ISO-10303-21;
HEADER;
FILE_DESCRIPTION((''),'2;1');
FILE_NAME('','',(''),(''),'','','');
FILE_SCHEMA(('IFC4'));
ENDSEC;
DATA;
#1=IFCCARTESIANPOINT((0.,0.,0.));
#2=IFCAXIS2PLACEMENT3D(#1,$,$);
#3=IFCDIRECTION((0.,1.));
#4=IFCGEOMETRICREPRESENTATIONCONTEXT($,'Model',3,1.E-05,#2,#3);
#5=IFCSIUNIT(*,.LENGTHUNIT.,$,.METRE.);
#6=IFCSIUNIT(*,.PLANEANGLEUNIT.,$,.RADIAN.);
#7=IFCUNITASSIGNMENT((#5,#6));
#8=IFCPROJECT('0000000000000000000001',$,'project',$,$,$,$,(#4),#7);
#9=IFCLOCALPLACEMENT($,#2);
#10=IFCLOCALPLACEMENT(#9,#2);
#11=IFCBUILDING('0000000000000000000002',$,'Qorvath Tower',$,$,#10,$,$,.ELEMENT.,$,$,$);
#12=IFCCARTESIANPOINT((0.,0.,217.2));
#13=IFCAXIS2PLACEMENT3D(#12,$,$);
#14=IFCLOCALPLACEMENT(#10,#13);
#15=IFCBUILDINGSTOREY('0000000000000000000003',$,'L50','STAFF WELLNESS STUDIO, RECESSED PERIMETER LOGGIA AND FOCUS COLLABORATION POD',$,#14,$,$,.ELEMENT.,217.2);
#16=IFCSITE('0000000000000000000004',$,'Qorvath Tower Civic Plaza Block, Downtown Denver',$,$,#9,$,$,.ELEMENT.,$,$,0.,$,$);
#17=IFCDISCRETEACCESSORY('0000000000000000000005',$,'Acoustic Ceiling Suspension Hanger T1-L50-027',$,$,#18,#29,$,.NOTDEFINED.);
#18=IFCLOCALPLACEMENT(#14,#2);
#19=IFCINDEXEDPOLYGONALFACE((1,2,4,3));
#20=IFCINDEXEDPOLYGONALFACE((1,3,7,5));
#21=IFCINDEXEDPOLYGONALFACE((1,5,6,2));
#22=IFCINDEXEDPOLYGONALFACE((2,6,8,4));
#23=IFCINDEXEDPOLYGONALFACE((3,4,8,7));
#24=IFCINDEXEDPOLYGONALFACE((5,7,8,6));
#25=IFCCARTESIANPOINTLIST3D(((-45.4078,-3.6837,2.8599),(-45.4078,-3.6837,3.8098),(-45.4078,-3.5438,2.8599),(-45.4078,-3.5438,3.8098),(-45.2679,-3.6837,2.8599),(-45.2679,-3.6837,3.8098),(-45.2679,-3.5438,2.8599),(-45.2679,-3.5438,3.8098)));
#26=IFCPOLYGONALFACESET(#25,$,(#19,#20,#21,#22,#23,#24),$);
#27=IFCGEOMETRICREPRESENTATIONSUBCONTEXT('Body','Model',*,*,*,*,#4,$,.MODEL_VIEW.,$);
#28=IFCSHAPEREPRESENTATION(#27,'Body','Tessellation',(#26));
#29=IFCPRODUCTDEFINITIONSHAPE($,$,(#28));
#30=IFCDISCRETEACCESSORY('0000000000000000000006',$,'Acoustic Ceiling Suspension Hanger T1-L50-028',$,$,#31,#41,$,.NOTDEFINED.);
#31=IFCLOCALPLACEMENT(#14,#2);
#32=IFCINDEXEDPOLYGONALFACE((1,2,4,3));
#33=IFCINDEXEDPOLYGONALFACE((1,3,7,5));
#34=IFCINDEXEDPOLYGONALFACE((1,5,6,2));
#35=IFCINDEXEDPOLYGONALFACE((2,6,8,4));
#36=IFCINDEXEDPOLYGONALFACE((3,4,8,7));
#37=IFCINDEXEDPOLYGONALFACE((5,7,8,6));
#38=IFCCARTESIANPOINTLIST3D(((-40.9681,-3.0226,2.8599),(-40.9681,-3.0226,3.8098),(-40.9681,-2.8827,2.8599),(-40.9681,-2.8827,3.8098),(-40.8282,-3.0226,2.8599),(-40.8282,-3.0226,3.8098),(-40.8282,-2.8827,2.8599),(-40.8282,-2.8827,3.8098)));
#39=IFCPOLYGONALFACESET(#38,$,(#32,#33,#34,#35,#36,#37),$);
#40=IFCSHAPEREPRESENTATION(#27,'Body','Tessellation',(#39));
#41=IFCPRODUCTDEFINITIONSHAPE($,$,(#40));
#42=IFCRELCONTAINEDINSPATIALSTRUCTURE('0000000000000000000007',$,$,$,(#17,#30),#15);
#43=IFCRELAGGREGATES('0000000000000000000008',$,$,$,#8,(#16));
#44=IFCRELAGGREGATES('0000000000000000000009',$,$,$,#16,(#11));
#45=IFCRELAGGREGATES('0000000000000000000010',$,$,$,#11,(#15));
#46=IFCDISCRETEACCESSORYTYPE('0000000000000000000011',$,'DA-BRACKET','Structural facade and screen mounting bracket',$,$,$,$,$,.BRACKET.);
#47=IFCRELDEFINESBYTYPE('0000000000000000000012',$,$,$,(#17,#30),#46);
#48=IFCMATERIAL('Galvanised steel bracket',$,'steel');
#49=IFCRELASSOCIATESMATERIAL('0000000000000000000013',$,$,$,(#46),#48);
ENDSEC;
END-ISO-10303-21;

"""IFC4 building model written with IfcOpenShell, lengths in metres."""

from ifc_helpers import new_model, si_unit, direction, frame, origin, origin_2d, place, context, subcontext, project, spatial, rectangle, extrude, material, type_object, element, save


model = new_model("IFC4")

# Units and contexts
model_context = context("Model", 3, precision=1e-05, world=origin(), true_north=direction((0.0, 1.0)))
body_context = subcontext(model_context, "Body", "Model", "MODEL_VIEW")
ifc_project = project(units=[si_unit("LENGTHUNIT", "METRE"), si_unit("PLANEANGLEUNIT", "RADIAN")], contexts=[model_context])

# Site, building, storey
site_placement = place(None, origin())
site = spatial("IfcSite", under=ifc_project, at=site_placement, Name="Qorvath Tower Civic Plaza Block, Downtown Denver", CompositionType="ELEMENT", RefElevation=0.0)
building_placement = place(site_placement, origin())
building = spatial("IfcBuilding", under=site, at=building_placement, Name="Qorvath Tower", CompositionType="ELEMENT")
storey_placement = place(building_placement, frame((0.0, 0.0, 217.2)))
storey = spatial("IfcBuildingStorey", under=building, at=storey_placement, Name="L50", Description="STAFF WELLNESS STUDIO, RECESSED PERIMETER LOGGIA AND FOCUS COLLABORATION POD", CompositionType="ELEMENT", Elevation=217.2)

# Discrete accessories
ifc_material_1 = material(Name="Galvanised steel bracket", Category="steel")
discrete_accessory_type = type_object("IfcDiscreteAccessoryType", Name="DA-BRACKET", Description="Structural facade and screen mounting bracket", PredefinedType="BRACKET", material=ifc_material_1)
for number, where, z_axis, x_axis, name in (
    (1, (-45.3379, -3.6138, 2.8599), (0.0, 0.0, 1.0), (1.0, 0.0, 0.0), "Acoustic Ceiling Suspension Hanger T1-L50-027"),
    (2, (-40.8982, -2.9526, 2.8599), (0.0, 0.0, 1.0), (1.0, 0.0, 0.0), "Acoustic Ceiling Suspension Hanger T1-L50-028"),
):
    element("IfcDiscreteAccessory", number, at=place(storey_placement, frame(where, z_axis=z_axis, x_axis=x_axis)), inside=storey, type_object=discrete_accessory_type, Name=name, PredefinedType="NOTDEFINED", context=body_context, shape_type="SweptSolid", body=[
        extrude(rectangle(XDim=0.1399, YDim=0.1399, at=origin_2d()), origin(), (0.0, 0.0, 1.0), 0.95),
    ])

save(model, "model.ifc")
